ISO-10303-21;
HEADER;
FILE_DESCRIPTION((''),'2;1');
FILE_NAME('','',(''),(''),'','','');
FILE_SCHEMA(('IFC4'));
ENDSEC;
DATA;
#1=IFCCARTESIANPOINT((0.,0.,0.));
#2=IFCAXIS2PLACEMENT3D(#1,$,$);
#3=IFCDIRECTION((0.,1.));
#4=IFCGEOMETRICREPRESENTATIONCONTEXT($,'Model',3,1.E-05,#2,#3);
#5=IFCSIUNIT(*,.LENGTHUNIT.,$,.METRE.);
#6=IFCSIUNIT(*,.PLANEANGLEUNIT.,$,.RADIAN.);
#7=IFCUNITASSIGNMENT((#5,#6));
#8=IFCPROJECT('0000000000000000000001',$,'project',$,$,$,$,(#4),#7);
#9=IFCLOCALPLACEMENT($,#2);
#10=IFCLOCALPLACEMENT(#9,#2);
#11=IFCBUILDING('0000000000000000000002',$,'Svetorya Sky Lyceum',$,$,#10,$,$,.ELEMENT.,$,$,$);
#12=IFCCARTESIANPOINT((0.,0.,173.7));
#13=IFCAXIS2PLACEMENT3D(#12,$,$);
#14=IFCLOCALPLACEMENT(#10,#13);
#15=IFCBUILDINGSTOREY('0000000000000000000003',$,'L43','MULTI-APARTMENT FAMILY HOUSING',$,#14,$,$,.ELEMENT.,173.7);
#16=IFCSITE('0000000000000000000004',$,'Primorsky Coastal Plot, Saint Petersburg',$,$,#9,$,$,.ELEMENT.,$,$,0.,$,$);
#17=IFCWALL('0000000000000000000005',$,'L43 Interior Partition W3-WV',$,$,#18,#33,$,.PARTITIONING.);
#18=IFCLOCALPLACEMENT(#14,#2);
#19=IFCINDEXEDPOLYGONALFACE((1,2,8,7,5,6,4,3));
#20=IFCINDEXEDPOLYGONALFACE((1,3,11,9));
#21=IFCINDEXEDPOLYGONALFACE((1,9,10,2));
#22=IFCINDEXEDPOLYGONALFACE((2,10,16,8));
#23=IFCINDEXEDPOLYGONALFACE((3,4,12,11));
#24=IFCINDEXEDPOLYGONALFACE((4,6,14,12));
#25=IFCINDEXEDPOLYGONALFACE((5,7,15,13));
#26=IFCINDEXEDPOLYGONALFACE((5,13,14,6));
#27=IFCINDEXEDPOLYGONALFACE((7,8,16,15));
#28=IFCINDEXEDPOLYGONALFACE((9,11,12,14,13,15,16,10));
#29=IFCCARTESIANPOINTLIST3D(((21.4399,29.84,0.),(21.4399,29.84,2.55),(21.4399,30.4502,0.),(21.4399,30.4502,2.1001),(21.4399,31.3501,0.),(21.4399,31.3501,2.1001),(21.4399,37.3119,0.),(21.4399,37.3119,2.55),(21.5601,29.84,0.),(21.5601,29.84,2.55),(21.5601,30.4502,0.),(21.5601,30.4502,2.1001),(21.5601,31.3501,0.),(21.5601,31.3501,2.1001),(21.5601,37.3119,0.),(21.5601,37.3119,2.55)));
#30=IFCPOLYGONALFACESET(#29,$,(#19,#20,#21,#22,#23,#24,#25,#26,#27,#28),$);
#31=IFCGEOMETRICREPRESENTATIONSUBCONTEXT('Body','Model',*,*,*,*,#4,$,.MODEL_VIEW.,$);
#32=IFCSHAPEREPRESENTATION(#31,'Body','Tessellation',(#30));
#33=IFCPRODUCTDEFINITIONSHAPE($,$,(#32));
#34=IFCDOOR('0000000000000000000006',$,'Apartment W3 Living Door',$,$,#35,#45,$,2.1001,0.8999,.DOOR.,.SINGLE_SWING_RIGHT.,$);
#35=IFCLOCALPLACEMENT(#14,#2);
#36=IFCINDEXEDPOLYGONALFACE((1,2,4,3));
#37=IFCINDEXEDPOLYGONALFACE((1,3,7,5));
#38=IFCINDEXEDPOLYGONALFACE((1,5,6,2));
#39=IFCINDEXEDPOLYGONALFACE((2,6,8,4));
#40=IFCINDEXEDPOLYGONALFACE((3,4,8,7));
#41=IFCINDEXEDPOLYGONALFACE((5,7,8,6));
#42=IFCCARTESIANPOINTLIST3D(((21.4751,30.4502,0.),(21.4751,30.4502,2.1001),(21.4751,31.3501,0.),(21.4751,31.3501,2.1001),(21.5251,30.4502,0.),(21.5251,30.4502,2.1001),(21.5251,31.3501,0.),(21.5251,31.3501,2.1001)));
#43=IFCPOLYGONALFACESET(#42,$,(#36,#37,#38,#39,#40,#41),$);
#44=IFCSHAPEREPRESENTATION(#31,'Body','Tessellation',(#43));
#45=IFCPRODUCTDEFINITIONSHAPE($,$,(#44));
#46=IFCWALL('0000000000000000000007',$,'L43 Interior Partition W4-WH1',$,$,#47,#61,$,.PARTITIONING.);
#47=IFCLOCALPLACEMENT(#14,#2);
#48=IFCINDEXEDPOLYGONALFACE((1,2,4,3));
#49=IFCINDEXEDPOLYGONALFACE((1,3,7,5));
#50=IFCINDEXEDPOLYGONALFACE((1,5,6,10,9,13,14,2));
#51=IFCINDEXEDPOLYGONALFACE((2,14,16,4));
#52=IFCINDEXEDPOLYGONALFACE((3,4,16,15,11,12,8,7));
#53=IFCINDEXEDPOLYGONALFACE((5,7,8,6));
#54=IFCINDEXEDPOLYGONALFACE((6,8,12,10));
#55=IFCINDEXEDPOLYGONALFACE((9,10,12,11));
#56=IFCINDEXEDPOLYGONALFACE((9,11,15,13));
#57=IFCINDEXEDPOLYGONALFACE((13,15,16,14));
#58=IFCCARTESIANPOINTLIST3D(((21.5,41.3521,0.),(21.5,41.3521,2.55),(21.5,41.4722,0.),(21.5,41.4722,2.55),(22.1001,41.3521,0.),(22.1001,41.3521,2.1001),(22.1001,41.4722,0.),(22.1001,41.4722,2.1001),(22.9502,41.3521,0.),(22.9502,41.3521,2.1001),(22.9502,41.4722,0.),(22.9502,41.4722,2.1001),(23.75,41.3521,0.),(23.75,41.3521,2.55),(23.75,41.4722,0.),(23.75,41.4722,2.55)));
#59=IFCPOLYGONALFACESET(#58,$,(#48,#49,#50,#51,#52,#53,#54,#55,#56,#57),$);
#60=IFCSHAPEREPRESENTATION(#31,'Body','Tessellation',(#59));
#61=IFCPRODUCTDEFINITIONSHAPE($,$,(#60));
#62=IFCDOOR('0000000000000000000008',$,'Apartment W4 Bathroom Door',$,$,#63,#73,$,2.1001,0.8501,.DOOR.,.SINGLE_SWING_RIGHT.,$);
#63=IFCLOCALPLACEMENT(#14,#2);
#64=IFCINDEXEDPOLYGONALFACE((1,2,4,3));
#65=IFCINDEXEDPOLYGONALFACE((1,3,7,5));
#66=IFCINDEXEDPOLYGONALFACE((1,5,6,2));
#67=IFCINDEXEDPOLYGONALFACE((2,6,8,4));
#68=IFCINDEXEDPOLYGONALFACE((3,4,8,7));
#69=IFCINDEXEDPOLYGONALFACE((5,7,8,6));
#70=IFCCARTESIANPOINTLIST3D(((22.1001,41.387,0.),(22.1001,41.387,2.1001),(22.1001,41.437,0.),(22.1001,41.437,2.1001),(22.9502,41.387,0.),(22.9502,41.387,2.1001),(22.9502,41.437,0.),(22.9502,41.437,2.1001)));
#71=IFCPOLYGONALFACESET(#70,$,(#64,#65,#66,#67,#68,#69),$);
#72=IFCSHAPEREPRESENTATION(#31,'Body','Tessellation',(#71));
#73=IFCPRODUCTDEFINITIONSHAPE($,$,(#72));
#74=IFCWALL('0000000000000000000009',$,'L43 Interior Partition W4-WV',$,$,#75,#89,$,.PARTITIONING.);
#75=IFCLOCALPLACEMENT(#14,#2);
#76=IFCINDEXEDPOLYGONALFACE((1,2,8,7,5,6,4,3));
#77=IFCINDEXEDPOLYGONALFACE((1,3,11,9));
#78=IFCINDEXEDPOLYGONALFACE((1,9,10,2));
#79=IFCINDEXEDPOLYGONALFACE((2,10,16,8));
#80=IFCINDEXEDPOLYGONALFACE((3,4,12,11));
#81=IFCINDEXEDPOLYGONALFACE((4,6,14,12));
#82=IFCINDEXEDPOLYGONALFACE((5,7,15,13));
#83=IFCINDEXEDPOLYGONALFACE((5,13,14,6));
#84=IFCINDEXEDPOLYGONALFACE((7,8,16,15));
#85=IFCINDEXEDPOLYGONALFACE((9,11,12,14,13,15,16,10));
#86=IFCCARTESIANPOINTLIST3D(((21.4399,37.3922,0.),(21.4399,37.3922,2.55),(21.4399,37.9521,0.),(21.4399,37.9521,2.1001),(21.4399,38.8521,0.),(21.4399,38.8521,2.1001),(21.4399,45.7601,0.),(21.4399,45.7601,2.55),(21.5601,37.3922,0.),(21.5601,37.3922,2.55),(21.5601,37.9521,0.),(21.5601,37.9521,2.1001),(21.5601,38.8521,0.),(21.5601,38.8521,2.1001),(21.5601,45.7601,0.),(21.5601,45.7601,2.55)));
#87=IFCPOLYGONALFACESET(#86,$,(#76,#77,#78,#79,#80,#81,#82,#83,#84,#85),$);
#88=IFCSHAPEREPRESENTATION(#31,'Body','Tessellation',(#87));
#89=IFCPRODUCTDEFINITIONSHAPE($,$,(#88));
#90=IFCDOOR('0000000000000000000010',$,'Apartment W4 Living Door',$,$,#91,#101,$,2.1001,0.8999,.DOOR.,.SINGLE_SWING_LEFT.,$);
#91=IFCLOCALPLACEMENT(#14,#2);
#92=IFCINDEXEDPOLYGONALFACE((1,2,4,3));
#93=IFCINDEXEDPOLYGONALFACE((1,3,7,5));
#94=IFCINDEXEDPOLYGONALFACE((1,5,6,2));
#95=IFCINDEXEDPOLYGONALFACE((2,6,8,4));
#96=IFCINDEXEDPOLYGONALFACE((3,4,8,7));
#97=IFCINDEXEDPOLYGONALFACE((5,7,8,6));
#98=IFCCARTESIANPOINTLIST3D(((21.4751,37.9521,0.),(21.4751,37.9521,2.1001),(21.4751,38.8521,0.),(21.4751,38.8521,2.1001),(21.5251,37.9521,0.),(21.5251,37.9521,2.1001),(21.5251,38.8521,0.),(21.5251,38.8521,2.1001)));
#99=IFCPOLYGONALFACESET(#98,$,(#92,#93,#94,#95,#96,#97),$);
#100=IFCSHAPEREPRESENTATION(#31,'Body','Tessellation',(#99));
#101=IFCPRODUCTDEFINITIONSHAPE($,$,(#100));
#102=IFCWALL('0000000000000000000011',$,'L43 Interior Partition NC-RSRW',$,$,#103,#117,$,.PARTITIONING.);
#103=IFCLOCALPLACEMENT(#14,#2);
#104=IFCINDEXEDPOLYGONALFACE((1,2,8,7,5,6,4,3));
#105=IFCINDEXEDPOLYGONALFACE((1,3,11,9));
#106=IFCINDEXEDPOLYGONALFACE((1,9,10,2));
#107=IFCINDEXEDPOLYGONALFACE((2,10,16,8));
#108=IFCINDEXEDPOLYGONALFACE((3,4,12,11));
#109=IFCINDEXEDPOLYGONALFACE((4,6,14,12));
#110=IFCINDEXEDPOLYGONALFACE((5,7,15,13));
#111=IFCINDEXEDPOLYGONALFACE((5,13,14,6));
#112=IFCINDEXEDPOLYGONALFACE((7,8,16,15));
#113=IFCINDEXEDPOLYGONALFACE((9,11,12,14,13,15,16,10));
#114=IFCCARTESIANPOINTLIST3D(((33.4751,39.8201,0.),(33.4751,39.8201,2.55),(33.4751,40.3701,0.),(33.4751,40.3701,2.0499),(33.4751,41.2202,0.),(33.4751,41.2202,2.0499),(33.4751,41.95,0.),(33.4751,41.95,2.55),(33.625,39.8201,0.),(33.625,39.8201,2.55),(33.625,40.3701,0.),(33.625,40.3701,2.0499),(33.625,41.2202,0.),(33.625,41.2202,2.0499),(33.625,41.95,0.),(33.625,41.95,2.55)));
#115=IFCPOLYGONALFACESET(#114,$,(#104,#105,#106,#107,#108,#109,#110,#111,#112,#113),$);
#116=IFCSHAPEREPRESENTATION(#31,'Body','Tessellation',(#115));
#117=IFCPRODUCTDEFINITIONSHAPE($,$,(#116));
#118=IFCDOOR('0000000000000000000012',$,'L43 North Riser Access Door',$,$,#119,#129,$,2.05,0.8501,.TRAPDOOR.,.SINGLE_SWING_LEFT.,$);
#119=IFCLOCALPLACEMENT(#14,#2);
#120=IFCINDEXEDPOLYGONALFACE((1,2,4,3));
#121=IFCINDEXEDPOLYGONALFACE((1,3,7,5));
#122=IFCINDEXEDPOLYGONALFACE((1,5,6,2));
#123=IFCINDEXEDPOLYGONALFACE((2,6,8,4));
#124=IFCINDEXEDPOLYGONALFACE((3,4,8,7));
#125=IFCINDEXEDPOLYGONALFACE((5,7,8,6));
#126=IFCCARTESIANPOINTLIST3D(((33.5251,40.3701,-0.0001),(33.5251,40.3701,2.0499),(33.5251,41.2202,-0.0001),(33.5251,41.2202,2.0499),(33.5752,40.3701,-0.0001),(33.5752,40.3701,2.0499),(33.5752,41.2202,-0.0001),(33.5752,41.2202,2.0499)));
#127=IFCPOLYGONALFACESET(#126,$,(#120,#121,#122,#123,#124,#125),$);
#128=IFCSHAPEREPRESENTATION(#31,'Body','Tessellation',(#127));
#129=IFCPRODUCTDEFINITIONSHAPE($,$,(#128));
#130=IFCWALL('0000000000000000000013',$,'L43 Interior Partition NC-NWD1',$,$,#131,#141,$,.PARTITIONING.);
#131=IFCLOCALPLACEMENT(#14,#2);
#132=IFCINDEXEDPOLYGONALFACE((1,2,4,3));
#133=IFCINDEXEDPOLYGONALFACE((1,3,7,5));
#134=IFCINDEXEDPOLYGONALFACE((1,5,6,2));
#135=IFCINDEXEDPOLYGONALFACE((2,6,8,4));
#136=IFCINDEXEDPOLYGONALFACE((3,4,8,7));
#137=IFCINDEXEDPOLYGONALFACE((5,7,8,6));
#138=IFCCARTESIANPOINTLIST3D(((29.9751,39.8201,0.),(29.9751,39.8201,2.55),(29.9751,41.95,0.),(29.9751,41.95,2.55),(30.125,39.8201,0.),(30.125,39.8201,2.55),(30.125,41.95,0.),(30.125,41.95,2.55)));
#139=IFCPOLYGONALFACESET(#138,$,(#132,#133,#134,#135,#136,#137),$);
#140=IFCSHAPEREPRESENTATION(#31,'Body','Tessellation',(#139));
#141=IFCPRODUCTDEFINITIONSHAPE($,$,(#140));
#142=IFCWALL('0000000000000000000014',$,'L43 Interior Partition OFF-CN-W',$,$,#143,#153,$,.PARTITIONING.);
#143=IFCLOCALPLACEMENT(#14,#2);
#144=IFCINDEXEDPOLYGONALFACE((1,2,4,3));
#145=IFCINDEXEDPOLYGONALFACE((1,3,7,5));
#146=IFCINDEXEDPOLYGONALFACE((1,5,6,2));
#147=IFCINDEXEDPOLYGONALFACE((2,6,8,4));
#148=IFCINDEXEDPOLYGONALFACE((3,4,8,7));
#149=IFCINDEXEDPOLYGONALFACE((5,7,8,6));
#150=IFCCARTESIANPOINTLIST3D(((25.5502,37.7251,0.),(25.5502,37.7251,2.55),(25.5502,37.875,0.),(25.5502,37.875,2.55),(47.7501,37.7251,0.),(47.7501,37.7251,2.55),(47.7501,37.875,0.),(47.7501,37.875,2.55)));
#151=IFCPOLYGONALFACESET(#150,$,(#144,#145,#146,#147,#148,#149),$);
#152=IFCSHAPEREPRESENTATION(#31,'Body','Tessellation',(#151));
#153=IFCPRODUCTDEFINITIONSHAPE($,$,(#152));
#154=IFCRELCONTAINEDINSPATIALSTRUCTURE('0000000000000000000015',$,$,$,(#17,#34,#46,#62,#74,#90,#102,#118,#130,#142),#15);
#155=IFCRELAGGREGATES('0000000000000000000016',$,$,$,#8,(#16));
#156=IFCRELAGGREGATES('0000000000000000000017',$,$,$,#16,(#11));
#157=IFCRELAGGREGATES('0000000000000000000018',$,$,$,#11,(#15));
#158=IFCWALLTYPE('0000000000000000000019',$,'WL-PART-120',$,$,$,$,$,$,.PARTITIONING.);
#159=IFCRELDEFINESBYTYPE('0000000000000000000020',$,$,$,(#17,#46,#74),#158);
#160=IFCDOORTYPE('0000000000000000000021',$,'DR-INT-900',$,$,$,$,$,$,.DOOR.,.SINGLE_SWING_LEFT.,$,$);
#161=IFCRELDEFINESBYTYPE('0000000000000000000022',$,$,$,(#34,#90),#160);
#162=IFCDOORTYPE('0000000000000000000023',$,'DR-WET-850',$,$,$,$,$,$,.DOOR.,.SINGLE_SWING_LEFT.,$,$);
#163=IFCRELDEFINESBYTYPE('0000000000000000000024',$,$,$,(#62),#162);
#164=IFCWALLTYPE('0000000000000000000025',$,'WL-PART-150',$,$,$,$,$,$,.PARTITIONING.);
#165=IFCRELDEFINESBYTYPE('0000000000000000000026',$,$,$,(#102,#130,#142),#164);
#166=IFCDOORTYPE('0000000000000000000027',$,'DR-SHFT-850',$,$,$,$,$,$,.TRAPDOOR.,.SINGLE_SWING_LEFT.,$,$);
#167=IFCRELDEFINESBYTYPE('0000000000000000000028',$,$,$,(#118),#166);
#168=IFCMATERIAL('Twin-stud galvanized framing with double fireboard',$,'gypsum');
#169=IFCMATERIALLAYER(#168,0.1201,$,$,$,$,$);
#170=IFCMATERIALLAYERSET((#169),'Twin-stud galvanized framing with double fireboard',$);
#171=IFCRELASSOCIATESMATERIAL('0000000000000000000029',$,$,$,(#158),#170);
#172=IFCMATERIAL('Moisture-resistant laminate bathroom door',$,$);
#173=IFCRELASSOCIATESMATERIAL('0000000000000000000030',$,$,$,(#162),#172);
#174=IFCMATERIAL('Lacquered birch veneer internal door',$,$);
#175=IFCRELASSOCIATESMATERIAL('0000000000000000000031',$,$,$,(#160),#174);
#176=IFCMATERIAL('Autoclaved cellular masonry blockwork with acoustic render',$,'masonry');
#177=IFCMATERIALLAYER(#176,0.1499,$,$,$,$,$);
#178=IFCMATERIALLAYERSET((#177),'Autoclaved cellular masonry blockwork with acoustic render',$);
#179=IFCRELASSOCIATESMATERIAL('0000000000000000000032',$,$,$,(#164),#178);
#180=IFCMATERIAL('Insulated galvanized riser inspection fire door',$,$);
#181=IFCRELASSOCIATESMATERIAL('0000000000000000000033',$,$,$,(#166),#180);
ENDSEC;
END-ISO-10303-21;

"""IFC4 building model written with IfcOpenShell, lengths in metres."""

from ifc_helpers import new_model, si_unit, direction, frame, frame_2d, origin, place, context, subcontext, project, spatial, rectangle, extrude, material, layer, layer_set, type_object, element, fill, save


model = new_model("IFC4")

# Units and contexts
model_context = context("Model", 3, precision=1e-05, world=origin(), true_north=direction((0.0, 1.0)))
body_context = subcontext(model_context, "Body", "Model", "MODEL_VIEW")
ifc_project = project(units=[si_unit("LENGTHUNIT", "METRE"), si_unit("PLANEANGLEUNIT", "RADIAN")], contexts=[model_context])

# Site, building, storey
site_placement = place(None, origin())
site = spatial("IfcSite", under=ifc_project, at=site_placement, Name="Primorsky Coastal Plot, Saint Petersburg", CompositionType="ELEMENT", RefElevation=0.0)
building_placement = place(site_placement, origin())
building = spatial("IfcBuilding", under=site, at=building_placement, Name="Svetorya Sky Lyceum", CompositionType="ELEMENT")
storey_placement = place(building_placement, frame((0.0, 0.0, 173.7)))
storey = spatial("IfcBuildingStorey", under=building, at=storey_placement, Name="L43", Description="MULTI-APARTMENT FAMILY HOUSING", CompositionType="ELEMENT", Elevation=173.7)

# Walls, openings, doors
ifc_material_1 = material(Name="Twin-stud galvanized framing with double fireboard", Category="gypsum")
ifc_layer_1 = layer(ifc_material_1, 0.1201)
ifc_layer_set_1 = layer_set([ifc_layer_1], Name="Twin-stud galvanized framing with double fireboard")
wall_type_1 = type_object("IfcWallType", Name="WL-PART-120", PredefinedType="PARTITIONING", material=ifc_layer_set_1)
ifc_material_2 = material(Name="Moisture-resistant laminate bathroom door")
door_type_1 = type_object("IfcDoorType", Name="DR-WET-850", OperationType="SINGLE_SWING_LEFT", PredefinedType="DOOR", material=ifc_material_2)
wall_1_placement = place(storey_placement, frame((21.5, 29.8401, 0.0), z_axis=(0.0, 0.0, 1.0), x_axis=(0.0, 1.0, 0.0)))
wall_1 = element("IfcWall", 1, at=wall_1_placement, inside=storey, type_object=wall_type_1, Name="L43 Interior Partition W3-WV", PredefinedType="PARTITIONING", context=body_context, shape_type="SweptSolid", body=[
    extrude(rectangle(XDim=7.4719, YDim=0.1201, at=frame_2d((3.7358, 0.0))), origin(), (0.0, 0.0, 1.0), 2.55),
])
opening_1_placement = place(wall_1_placement, frame((0.6101, 0.0, 0.0)))
opening_1 = element("IfcOpeningElement", 2, at=opening_1_placement, cuts=wall_1, PredefinedType="OPENING", context=body_context, shape_type="SweptSolid", body=[
    extrude(rectangle(XDim=0.8999, YDim=2.1001, at=frame_2d((0.45, 1.05))), frame((0.0, 0.0701, 0.0), z_axis=(0.0, -1.0, 0.0), x_axis=(1.0, 0.0, 0.0)), (0.0, 0.0, 1.0), 0.1401),
])
ifc_material_3 = material(Name="Lacquered birch veneer internal door")
door_type_2 = type_object("IfcDoorType", Name="DR-INT-900", OperationType="SINGLE_SWING_LEFT", PredefinedType="DOOR", material=ifc_material_3)
door_1_placement = place(opening_1_placement, origin())
door_1 = element("IfcDoor", 3, at=door_1_placement, inside=storey, type_object=door_type_2, Name="Apartment W3 Living Door", OperationType="SINGLE_SWING_RIGHT", OverallHeight=2.1001, OverallWidth=0.8999, PredefinedType="DOOR", context=body_context, shape_type="SweptSolid", body=[
    extrude(rectangle(XDim=0.8999, YDim=2.1001, at=frame_2d((0.45, 1.05))), frame((0.0, 0.0249, 0.0), z_axis=(0.0, -1.0, 0.0), x_axis=(1.0, 0.0, 0.0)), (0.0, 0.0, 1.0), 0.05),
])
fill(opening_1, door_1)
wall_2_placement = place(storey_placement, frame((21.5, 41.4121, 0.0), z_axis=(0.0, 0.0, 1.0), x_axis=(1.0, 0.0, 0.0)))
wall_2 = element("IfcWall", 4, at=wall_2_placement, inside=storey, type_object=wall_type_1, Name="L43 Interior Partition W4-WH1", PredefinedType="PARTITIONING", context=body_context, shape_type="SweptSolid", body=[
    extrude(rectangle(XDim=2.25, YDim=0.1201, at=frame_2d((1.125, 0.0))), origin(), (0.0, 0.0, 1.0), 2.55),
])
opening_2_placement = place(wall_2_placement, frame((0.6001, 0.0, 0.0)))
opening_2 = element("IfcOpeningElement", 5, at=opening_2_placement, cuts=wall_2, PredefinedType="OPENING", context=body_context, shape_type="SweptSolid", body=[
    extrude(rectangle(XDim=0.8501, YDim=2.1001, at=frame_2d((0.425, 1.05))), frame((0.0, 0.0701, 0.0), z_axis=(0.0, -1.0, 0.0), x_axis=(1.0, 0.0, 0.0)), (0.0, 0.0, 1.0), 0.1401),
])
door_2_placement = place(opening_2_placement, origin())
door_2 = element("IfcDoor", 6, at=door_2_placement, inside=storey, type_object=door_type_1, Name="Apartment W4 Bathroom Door", OperationType="SINGLE_SWING_RIGHT", OverallHeight=2.1001, OverallWidth=0.8501, PredefinedType="DOOR", context=body_context, shape_type="SweptSolid", body=[
    extrude(rectangle(XDim=0.8501, YDim=2.1001, at=frame_2d((0.425, 1.05))), frame((0.0, 0.0249, 0.0), z_axis=(0.0, -1.0, 0.0), x_axis=(1.0, 0.0, 0.0)), (0.0, 0.0, 1.0), 0.05),
])
fill(opening_2, door_2)
wall_3_placement = place(storey_placement, frame((21.5, 37.3921, 0.0), z_axis=(0.0, 0.0, 1.0), x_axis=(0.0, 1.0, 0.0)))
wall_3 = element("IfcWall", 7, at=wall_3_placement, inside=storey, type_object=wall_type_1, Name="L43 Interior Partition W4-WV", PredefinedType="PARTITIONING", context=body_context, shape_type="SweptSolid", body=[
    extrude(rectangle(XDim=8.3679, YDim=0.1201, at=frame_2d((4.1841, 0.0))), origin(), (0.0, 0.0, 1.0), 2.55),
])
opening_3_placement = place(wall_3_placement, frame((0.5601, 0.0, 0.0)))
opening_3 = element("IfcOpeningElement", 8, at=opening_3_placement, cuts=wall_3, PredefinedType="OPENING", context=body_context, shape_type="SweptSolid", body=[
    extrude(rectangle(XDim=0.8999, YDim=2.1001, at=frame_2d((0.45, 1.05))), frame((0.0, 0.0701, 0.0), z_axis=(0.0, -1.0, 0.0), x_axis=(1.0, 0.0, 0.0)), (0.0, 0.0, 1.0), 0.1401),
])
door_3_placement = place(opening_3_placement, origin())
door_3 = element("IfcDoor", 9, at=door_3_placement, inside=storey, type_object=door_type_2, Name="Apartment W4 Living Door", OperationType="SINGLE_SWING_LEFT", OverallHeight=2.1001, OverallWidth=0.8999, PredefinedType="DOOR", context=body_context, shape_type="SweptSolid", body=[
    extrude(rectangle(XDim=0.8999, YDim=2.1001, at=frame_2d((0.45, 1.05))), frame((0.0, 0.0249, 0.0), z_axis=(0.0, -1.0, 0.0), x_axis=(1.0, 0.0, 0.0)), (0.0, 0.0, 1.0), 0.05),
])
fill(opening_3, door_3)
ifc_material_4 = material(Name="Autoclaved cellular masonry blockwork with acoustic render", Category="masonry")
ifc_layer_2 = layer(ifc_material_4, 0.1499)
ifc_layer_set_2 = layer_set([ifc_layer_2], Name="Autoclaved cellular masonry blockwork with acoustic render")
wall_type_2 = type_object("IfcWallType", Name="WL-PART-150", PredefinedType="PARTITIONING", material=ifc_layer_set_2)
wall_4_placement = place(storey_placement, frame((33.55, 39.8201, 0.0), z_axis=(0.0, 0.0, 1.0), x_axis=(0.0, 1.0, 0.0)))
wall_4 = element("IfcWall", 10, at=wall_4_placement, inside=storey, type_object=wall_type_2, Name="L43 Interior Partition NC-RSRW", PredefinedType="PARTITIONING", context=body_context, shape_type="SweptSolid", body=[
    extrude(rectangle(XDim=2.1299, YDim=0.1499, at=frame_2d((1.0649, 0.0))), origin(), (0.0, 0.0, 1.0), 2.55),
])
opening_4_placement = place(wall_4_placement, frame((0.55, 0.0, 0.0)))
opening_4 = element("IfcOpeningElement", 11, at=opening_4_placement, cuts=wall_4, PredefinedType="OPENING", context=body_context, shape_type="SweptSolid", body=[
    extrude(rectangle(XDim=0.8501, YDim=2.05, at=frame_2d((0.425, 1.0249))), frame((0.0, 0.085, 0.0), z_axis=(0.0, -1.0, 0.0), x_axis=(1.0, 0.0, 0.0)), (0.0, 0.0, 1.0), 0.1699),
])
ifc_material_5 = material(Name="Insulated galvanized riser inspection fire door")
door_type_3 = type_object("IfcDoorType", Name="DR-SHFT-850", OperationType="SINGLE_SWING_LEFT", PredefinedType="TRAPDOOR", material=ifc_material_5)
door_4_placement = place(opening_4_placement, origin())
door_4 = element("IfcDoor", 12, at=door_4_placement, inside=storey, type_object=door_type_3, Name="L43 North Riser Access Door", OperationType="SINGLE_SWING_LEFT", OverallHeight=2.05, OverallWidth=0.8501, PredefinedType="TRAPDOOR", context=body_context, shape_type="SweptSolid", body=[
    extrude(rectangle(XDim=0.8501, YDim=2.05, at=frame_2d((0.425, 1.0249))), frame((0.0, 0.0249, 0.0), z_axis=(0.0, -1.0, 0.0), x_axis=(1.0, 0.0, 0.0)), (0.0, 0.0, 1.0), 0.05),
])
fill(opening_4, door_4)

# Walls
wall_5_placement = place(storey_placement, frame((30.05, 39.8201, 0.0), z_axis=(0.0, 0.0, 1.0), x_axis=(0.0, 1.0, 0.0)))
element("IfcWall", 13, at=wall_5_placement, inside=storey, type_object=wall_type_2, Name="L43 Interior Partition NC-NWD1", PredefinedType="PARTITIONING", context=body_context, shape_type="SweptSolid", body=[
    extrude(rectangle(XDim=2.1299, YDim=0.1499, at=frame_2d((1.0649, 0.0))), origin(), (0.0, 0.0, 1.0), 2.55),
])
wall_6_placement = place(storey_placement, frame((25.55, 37.8, 0.0), z_axis=(0.0, 0.0, 1.0), x_axis=(1.0, 0.0, 0.0)))
element("IfcWall", 14, at=wall_6_placement, inside=storey, type_object=wall_type_2, Name="L43 Interior Partition OFF-CN-W", PredefinedType="PARTITIONING", context=body_context, shape_type="SweptSolid", body=[
    extrude(rectangle(XDim=22.2, YDim=0.1499, at=frame_2d((11.1001, 0.0))), origin(), (0.0, 0.0, 1.0), 2.55),
])

save(model, "model.ifc")
